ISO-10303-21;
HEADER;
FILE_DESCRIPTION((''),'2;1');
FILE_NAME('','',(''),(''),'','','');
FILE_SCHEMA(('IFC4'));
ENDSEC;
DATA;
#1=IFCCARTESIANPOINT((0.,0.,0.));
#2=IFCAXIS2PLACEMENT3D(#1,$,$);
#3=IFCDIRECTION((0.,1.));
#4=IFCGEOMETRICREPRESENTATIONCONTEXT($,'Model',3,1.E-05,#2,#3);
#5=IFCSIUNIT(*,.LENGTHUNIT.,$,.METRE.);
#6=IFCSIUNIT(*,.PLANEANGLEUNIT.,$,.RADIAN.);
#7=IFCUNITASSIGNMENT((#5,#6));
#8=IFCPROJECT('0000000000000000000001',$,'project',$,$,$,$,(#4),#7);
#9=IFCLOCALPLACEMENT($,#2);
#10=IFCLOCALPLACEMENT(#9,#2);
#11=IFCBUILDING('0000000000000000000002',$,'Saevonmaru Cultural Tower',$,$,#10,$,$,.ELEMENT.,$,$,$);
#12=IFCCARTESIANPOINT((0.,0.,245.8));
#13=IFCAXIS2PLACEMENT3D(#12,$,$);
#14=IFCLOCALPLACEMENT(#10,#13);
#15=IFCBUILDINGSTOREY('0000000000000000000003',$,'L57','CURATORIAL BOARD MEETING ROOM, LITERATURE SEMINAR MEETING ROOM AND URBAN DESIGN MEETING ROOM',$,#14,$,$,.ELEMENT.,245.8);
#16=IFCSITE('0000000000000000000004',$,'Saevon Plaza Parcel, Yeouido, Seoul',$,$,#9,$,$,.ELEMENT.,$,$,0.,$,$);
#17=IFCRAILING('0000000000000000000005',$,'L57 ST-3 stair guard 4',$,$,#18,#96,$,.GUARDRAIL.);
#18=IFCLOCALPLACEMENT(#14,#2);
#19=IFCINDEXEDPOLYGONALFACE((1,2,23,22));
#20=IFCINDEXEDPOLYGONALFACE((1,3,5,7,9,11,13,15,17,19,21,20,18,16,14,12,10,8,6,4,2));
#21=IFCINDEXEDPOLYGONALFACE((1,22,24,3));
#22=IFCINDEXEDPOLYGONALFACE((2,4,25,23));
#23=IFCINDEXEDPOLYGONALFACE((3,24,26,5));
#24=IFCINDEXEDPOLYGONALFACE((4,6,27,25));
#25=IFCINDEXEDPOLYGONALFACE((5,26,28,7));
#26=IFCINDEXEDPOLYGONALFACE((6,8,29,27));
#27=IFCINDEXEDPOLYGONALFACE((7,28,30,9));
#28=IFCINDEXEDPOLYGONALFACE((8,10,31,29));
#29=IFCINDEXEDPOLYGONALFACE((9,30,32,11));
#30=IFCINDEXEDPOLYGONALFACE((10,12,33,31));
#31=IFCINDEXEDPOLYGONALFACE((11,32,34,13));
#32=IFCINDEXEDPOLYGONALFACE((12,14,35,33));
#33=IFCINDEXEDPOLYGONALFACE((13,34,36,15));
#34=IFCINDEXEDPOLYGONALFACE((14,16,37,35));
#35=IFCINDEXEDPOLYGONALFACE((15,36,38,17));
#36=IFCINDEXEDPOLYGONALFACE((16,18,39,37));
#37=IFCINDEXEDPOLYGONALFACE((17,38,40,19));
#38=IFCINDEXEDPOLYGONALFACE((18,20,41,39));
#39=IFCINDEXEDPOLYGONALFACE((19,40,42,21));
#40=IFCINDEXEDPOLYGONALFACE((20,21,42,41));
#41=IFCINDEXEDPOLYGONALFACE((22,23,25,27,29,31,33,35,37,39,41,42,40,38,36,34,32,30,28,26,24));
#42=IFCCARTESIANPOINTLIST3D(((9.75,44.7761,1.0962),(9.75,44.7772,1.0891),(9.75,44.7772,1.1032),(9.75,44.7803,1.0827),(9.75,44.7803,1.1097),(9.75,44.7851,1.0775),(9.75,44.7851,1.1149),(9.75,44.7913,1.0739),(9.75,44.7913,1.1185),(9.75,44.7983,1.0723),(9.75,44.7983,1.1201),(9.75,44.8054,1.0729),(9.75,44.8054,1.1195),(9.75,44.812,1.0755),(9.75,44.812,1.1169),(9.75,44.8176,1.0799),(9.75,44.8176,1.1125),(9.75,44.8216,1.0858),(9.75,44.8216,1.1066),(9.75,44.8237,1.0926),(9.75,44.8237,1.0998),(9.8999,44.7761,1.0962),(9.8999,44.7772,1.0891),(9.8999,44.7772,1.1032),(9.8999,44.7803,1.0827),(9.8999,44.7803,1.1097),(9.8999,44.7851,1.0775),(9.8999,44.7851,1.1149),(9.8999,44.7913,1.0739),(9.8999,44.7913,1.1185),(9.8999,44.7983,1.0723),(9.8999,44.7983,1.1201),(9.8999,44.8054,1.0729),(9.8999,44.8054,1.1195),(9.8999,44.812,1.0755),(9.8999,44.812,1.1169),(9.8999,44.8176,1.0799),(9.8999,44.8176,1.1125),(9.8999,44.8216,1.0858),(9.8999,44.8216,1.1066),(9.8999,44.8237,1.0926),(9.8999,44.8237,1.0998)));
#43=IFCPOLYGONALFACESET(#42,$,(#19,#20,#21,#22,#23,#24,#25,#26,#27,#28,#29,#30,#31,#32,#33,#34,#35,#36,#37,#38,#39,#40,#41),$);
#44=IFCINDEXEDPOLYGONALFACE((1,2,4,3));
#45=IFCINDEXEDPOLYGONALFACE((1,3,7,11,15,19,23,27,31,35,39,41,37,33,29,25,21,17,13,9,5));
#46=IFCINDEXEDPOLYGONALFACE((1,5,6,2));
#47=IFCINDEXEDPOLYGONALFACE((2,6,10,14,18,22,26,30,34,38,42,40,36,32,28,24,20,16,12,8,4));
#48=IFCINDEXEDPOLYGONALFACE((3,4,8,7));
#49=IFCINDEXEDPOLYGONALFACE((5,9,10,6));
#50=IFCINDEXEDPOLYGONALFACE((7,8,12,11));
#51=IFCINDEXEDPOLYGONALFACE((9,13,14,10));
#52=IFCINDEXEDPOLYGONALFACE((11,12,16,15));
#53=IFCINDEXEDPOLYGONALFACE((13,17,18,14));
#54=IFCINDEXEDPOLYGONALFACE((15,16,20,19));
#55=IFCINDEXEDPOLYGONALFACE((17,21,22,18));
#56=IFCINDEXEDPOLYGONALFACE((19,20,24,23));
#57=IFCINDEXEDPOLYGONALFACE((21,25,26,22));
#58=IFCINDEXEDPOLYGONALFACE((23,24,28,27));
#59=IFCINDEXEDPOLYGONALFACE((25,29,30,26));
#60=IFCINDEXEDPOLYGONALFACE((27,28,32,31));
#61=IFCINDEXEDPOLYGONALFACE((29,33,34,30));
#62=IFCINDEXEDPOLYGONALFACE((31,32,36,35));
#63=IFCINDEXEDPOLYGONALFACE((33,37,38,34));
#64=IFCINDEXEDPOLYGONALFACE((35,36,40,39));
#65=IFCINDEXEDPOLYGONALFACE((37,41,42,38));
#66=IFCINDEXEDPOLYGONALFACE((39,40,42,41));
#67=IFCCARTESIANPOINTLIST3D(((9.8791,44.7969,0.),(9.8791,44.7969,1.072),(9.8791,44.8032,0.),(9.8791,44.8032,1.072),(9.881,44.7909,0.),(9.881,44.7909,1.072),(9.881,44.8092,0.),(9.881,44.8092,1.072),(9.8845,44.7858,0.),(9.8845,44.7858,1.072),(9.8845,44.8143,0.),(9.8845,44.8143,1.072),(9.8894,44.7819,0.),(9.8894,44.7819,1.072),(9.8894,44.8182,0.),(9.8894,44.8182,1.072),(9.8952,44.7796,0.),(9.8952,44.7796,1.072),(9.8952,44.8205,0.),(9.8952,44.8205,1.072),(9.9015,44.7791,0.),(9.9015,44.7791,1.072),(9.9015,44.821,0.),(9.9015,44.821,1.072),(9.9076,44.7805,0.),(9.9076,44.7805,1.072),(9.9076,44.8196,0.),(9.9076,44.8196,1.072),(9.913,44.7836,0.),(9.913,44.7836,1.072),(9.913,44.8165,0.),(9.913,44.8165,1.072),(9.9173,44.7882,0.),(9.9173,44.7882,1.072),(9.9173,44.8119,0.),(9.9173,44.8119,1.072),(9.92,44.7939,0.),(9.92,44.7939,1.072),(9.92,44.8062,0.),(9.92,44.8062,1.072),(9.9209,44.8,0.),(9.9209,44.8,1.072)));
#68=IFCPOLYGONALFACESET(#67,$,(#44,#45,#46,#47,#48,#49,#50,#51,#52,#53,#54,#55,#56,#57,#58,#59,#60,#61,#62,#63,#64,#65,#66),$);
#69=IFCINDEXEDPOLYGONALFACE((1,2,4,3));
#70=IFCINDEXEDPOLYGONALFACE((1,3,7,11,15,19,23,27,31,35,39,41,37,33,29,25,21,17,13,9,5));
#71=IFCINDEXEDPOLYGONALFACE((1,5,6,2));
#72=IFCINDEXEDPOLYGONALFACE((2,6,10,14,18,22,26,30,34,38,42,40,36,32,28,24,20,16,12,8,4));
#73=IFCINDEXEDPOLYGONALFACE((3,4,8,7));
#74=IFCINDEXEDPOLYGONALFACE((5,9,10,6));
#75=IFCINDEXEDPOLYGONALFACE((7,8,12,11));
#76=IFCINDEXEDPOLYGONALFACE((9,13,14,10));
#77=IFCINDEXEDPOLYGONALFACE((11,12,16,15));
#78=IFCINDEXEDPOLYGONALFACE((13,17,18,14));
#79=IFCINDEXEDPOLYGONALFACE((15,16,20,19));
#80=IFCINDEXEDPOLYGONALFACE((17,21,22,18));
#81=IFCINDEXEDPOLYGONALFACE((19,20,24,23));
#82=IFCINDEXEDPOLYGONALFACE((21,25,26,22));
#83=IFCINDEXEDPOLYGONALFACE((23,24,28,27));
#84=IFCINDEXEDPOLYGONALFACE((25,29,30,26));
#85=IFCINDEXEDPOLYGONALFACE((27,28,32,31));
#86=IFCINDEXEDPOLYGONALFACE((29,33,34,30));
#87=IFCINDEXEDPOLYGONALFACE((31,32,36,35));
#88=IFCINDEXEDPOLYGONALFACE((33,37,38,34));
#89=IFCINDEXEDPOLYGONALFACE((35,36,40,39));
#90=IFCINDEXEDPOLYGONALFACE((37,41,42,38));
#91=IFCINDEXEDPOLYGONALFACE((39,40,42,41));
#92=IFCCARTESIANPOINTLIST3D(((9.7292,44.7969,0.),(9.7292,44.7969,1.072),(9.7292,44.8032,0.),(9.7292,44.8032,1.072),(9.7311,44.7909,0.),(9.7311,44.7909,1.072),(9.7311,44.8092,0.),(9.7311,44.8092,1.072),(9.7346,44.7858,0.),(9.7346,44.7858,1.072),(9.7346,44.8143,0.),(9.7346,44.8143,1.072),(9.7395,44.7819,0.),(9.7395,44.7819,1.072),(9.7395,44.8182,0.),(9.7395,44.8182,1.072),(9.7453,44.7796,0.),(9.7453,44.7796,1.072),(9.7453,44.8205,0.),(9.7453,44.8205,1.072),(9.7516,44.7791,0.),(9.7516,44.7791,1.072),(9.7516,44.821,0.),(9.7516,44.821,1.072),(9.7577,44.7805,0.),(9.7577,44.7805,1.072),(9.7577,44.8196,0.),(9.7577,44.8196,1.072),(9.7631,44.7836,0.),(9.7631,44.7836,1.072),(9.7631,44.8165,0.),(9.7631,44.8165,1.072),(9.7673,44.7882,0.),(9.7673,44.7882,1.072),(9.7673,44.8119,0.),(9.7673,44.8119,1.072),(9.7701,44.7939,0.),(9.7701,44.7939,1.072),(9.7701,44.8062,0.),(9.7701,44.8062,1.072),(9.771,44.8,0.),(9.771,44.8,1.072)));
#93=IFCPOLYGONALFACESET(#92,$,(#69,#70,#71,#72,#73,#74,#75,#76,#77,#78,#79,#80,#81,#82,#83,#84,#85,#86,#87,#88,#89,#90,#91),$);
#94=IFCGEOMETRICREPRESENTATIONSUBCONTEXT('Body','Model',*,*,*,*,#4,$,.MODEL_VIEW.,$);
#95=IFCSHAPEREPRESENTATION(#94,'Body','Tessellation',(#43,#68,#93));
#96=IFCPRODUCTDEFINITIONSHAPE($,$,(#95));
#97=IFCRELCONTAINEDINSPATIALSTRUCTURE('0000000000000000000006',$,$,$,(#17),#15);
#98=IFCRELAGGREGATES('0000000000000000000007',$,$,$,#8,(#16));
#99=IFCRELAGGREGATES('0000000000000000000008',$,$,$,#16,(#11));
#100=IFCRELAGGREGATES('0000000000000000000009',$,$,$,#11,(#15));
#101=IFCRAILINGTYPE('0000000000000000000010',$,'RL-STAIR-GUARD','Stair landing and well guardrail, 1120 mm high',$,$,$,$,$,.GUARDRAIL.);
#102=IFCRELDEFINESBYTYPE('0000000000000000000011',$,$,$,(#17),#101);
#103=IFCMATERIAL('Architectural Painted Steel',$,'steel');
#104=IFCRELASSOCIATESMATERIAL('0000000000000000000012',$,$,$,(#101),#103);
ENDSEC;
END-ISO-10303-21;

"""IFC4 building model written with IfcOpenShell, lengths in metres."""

from ifc_helpers import new_model, si_unit, direction, frame, origin, origin_2d, place, context, subcontext, project, spatial, circle, extrude, material, type_object, element, save


model = new_model("IFC4")

# Units and contexts
model_context = context("Model", 3, precision=1e-05, world=origin(), true_north=direction((0.0, 1.0)))
body_context = subcontext(model_context, "Body", "Model", "MODEL_VIEW")
ifc_project = project(units=[si_unit("LENGTHUNIT", "METRE"), si_unit("PLANEANGLEUNIT", "RADIAN")], contexts=[model_context])

# Site, building, storey
site_placement = place(None, origin())
site = spatial("IfcSite", under=ifc_project, at=site_placement, Name="Saevon Plaza Parcel, Yeouido, Seoul", CompositionType="ELEMENT", RefElevation=0.0)
building_placement = place(site_placement, origin())
building = spatial("IfcBuilding", under=site, at=building_placement, Name="Saevonmaru Cultural Tower", CompositionType="ELEMENT")
storey_placement = place(building_placement, frame((0.0, 0.0, 245.8)))
storey = spatial("IfcBuildingStorey", under=building, at=storey_placement, Name="L57", Description="CURATORIAL BOARD MEETING ROOM, LITERATURE SEMINAR MEETING ROOM AND URBAN DESIGN MEETING ROOM", CompositionType="ELEMENT", Elevation=245.8)

# Railing
ifc_material_1 = material(Name="Architectural Painted Steel", Category="steel")
railing_type_1 = type_object("IfcRailingType", Name="RL-STAIR-GUARD", Description="Stair landing and well guardrail, 1120 mm high", PredefinedType="GUARDRAIL", material=ifc_material_1)
railing_1_placement = place(storey_placement, frame((9.8999, 44.8, 0.0)))
element("IfcRailing", 1, at=railing_1_placement, inside=storey, type_object=railing_type_1, Name="L57 ST-3 stair guard 4", PredefinedType="GUARDRAIL", context=body_context, shape_type="SweptSolid", body=[
    extrude(circle(Radius=0.0239, at=origin_2d()), frame((0.0, 0.0, 1.0962), z_axis=(-1.0, 0.0, 0.0), x_axis=(0.0, -1.0, 0.0)), (0.0, 0.0, 1.0), 0.1499),
    extrude(circle(Radius=0.021, at=origin_2d()), origin(), (0.0, 0.0, 1.0), 1.072),
    extrude(circle(Radius=0.021, at=origin_2d()), frame((-0.1499, 0.0, 0.0)), (0.0, 0.0, 1.0), 1.072),
])

save(model, "model.ifc")
